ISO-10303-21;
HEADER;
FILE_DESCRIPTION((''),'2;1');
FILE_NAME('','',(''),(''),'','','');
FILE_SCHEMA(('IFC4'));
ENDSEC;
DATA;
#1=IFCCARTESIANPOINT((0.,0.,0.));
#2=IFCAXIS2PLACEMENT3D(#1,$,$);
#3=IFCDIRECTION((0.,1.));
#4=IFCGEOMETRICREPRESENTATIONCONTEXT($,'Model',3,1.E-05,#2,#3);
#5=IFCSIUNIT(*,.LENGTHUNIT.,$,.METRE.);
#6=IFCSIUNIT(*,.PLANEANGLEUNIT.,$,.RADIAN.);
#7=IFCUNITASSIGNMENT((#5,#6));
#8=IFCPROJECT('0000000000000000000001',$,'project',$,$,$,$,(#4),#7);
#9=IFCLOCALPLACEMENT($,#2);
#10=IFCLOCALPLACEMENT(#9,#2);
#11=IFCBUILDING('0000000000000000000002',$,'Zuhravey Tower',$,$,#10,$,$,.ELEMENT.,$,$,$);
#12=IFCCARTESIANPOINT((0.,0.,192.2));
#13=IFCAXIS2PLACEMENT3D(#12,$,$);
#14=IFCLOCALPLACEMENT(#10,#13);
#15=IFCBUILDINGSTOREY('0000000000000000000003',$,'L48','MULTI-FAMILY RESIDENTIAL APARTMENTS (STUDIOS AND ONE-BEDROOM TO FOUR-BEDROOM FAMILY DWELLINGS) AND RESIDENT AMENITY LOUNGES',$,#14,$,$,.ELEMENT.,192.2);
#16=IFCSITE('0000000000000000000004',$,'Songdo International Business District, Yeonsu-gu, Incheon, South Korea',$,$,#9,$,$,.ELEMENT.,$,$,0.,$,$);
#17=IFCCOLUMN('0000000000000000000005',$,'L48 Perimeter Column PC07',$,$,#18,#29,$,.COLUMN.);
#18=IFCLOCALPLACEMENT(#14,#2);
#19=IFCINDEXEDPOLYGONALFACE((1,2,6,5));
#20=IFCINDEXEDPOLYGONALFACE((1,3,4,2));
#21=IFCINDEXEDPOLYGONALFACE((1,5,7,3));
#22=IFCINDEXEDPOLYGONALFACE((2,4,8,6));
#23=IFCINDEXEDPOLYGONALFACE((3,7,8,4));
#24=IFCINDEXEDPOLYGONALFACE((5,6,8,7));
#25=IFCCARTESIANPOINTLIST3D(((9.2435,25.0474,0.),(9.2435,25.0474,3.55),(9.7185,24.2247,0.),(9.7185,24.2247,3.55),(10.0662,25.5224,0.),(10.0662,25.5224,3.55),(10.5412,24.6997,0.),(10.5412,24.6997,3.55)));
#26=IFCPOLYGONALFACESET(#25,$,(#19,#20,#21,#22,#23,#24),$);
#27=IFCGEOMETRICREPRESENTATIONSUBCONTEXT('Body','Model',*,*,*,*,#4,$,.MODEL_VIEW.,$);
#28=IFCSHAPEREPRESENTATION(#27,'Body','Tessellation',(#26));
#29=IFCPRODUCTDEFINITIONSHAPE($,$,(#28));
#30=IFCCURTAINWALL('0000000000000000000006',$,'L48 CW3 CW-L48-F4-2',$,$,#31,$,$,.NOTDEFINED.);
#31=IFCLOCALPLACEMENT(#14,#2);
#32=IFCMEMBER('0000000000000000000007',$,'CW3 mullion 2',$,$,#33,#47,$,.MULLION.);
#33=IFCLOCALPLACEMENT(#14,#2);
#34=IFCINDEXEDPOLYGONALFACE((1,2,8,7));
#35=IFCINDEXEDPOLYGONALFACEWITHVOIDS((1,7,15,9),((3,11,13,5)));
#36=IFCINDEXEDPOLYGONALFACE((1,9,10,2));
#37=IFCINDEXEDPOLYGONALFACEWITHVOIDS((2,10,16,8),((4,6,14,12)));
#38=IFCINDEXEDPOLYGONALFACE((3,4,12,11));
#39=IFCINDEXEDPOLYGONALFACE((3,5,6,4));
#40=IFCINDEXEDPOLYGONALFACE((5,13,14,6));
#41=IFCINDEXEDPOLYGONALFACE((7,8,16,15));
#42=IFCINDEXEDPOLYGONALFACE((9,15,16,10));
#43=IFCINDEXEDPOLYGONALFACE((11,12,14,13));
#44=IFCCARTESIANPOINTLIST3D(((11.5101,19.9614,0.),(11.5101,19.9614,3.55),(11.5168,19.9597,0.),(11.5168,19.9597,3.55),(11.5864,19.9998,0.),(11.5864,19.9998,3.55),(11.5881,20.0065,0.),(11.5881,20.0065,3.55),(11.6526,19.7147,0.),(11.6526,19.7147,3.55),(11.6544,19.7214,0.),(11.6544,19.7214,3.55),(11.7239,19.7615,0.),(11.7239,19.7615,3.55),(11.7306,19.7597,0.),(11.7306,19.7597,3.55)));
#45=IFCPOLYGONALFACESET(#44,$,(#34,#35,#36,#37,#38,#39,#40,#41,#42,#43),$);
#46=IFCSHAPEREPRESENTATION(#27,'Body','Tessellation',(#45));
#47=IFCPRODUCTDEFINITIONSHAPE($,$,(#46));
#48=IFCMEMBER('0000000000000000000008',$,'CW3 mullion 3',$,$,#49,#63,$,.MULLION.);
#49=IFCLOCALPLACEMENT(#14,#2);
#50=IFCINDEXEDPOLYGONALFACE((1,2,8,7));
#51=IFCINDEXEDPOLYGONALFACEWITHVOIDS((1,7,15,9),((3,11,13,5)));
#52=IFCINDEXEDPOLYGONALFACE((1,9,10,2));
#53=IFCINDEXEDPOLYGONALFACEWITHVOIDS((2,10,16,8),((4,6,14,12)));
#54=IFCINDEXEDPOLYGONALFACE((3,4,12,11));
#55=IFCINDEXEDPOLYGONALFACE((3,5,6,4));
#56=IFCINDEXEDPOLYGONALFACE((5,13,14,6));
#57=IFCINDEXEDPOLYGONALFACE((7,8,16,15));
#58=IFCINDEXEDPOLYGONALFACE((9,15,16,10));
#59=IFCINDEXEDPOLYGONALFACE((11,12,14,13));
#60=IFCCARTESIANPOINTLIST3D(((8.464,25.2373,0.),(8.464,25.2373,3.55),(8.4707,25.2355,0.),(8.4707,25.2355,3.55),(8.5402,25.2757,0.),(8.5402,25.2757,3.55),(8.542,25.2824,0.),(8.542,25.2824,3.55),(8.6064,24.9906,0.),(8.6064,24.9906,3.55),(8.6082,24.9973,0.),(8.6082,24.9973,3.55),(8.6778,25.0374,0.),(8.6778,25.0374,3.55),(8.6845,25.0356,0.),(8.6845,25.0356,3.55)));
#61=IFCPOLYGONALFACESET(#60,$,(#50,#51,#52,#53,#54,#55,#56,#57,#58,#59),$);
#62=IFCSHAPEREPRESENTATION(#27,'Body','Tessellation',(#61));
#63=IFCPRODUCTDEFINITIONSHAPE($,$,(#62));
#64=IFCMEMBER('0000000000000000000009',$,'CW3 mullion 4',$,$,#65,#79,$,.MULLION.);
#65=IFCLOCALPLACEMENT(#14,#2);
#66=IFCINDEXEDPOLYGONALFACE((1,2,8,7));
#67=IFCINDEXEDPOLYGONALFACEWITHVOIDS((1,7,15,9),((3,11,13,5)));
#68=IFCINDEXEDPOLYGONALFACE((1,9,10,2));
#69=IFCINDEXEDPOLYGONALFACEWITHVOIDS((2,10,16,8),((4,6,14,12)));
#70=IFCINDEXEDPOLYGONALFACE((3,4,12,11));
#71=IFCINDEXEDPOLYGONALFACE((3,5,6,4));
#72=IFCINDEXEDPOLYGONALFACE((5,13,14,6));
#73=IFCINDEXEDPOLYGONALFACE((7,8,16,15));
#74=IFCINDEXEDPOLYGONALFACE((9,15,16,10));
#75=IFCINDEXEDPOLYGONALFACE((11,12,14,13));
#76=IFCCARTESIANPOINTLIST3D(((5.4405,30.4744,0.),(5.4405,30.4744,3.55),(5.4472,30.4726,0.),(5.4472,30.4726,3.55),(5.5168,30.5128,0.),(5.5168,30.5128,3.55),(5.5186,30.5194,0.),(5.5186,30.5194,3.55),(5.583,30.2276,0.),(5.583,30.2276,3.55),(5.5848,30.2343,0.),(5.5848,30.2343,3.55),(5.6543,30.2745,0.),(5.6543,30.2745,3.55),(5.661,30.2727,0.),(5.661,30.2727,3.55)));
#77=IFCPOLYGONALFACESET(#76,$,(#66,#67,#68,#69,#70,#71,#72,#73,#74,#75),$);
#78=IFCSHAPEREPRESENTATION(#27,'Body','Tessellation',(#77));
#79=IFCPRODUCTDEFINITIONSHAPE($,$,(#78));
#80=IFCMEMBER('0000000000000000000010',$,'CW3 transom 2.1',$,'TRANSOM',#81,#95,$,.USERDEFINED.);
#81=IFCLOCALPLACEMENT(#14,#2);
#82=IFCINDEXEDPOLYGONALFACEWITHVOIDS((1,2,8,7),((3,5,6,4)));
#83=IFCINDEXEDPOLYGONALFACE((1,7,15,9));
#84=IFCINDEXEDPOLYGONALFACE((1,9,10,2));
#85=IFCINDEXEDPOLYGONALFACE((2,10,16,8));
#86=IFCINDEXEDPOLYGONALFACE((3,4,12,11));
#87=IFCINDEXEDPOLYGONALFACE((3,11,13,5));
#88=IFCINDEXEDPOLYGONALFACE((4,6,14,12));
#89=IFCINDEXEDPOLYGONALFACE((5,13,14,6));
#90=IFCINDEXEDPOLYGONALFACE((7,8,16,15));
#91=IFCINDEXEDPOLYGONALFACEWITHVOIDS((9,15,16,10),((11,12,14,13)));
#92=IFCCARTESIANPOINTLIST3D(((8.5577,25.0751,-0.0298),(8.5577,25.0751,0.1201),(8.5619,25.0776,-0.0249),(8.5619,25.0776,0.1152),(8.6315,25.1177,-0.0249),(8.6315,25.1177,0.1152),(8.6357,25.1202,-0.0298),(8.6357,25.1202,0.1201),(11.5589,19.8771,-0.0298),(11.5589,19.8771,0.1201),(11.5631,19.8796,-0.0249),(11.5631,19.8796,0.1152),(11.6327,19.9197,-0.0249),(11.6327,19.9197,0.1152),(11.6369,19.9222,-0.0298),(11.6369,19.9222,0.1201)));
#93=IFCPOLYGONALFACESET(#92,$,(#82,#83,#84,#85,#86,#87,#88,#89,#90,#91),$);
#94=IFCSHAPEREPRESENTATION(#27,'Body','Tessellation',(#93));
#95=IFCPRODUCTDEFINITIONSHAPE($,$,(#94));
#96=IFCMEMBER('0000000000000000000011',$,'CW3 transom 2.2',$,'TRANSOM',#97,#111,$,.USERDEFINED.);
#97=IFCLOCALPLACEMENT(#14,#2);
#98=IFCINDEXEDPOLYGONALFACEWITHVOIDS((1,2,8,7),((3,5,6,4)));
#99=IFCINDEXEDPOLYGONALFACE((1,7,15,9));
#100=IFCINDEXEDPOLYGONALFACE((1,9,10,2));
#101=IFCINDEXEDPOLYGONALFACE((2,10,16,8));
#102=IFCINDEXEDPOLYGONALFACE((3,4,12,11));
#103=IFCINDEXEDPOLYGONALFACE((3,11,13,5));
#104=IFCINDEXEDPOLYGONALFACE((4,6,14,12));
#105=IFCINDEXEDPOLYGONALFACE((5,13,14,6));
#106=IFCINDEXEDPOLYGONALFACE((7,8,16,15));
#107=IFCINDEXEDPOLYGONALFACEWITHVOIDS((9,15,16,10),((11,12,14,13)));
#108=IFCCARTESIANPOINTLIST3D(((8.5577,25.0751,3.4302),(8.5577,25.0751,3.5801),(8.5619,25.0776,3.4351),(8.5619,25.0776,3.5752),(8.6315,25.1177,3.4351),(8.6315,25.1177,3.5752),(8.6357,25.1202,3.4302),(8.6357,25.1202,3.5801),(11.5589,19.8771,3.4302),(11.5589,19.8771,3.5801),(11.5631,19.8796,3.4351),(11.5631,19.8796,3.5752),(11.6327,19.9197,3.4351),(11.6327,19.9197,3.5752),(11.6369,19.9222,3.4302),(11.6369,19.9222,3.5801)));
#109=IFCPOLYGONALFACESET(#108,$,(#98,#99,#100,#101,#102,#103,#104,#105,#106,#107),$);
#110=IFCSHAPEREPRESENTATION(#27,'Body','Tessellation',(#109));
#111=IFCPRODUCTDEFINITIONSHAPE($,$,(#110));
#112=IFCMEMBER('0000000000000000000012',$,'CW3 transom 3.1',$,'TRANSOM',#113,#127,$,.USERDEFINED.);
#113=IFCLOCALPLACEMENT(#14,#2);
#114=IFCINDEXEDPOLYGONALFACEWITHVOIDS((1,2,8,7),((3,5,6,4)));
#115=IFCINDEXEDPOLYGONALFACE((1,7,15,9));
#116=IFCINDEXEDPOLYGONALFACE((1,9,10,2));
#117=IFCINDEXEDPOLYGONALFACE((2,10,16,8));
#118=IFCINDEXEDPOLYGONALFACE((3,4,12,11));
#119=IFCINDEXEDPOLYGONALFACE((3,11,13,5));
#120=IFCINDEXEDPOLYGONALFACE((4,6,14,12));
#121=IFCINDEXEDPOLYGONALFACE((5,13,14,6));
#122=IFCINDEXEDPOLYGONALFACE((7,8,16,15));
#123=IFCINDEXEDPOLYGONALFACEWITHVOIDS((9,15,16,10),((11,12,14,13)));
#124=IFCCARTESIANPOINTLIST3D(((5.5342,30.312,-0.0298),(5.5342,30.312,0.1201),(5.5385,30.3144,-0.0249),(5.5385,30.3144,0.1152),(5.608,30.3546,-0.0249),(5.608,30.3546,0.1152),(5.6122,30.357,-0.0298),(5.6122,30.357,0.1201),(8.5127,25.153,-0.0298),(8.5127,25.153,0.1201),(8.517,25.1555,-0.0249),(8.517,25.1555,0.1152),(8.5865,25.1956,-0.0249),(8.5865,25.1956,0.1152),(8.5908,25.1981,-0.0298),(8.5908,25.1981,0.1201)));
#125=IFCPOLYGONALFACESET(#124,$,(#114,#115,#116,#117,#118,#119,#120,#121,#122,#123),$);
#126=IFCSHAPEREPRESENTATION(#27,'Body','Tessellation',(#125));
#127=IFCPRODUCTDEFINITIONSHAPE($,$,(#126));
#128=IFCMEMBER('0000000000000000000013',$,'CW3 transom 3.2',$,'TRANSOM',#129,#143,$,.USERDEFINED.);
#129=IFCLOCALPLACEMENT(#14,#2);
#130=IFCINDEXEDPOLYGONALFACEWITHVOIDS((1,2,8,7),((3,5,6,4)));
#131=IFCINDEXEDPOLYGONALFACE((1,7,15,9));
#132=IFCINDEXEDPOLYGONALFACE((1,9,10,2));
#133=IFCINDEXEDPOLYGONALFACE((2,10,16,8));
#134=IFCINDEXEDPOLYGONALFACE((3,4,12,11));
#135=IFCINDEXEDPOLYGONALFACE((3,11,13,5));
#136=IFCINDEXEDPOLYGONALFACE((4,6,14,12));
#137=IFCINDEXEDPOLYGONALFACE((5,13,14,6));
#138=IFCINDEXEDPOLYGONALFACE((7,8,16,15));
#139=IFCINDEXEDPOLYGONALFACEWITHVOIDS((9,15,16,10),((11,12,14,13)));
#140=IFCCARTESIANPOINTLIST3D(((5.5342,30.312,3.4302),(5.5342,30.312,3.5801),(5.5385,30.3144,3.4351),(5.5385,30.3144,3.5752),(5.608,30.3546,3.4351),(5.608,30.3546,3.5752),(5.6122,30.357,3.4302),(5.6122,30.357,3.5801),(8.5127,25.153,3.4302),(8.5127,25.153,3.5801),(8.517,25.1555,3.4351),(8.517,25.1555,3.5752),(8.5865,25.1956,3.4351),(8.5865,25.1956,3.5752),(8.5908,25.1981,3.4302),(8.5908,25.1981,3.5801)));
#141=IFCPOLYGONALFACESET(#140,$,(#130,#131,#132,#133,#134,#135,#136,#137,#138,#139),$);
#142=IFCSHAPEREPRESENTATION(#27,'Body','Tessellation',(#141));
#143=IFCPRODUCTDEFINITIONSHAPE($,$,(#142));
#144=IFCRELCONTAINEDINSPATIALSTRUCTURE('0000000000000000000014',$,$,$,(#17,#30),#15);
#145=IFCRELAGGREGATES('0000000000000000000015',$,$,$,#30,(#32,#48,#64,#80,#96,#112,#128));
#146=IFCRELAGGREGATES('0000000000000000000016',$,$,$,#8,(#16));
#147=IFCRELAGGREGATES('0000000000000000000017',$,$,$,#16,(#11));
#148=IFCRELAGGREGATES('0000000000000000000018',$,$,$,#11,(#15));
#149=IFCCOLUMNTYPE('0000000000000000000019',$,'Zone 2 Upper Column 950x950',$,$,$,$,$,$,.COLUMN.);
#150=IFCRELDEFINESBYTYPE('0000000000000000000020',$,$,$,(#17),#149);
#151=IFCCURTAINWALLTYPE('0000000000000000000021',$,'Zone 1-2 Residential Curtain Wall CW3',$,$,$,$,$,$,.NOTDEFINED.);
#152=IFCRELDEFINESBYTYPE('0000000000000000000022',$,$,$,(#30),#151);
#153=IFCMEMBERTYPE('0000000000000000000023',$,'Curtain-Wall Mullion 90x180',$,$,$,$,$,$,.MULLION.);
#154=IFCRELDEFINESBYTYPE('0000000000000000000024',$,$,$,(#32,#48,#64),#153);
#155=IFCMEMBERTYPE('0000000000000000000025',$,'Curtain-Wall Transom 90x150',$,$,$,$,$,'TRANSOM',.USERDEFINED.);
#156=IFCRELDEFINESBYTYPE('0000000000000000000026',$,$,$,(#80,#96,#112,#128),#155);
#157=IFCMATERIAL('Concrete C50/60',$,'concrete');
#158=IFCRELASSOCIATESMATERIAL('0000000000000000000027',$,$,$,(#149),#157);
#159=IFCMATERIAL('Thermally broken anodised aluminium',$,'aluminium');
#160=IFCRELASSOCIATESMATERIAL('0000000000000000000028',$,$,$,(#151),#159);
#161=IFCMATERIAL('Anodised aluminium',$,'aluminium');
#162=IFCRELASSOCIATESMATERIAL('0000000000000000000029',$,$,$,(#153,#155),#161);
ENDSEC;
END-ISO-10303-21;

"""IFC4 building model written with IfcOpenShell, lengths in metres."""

from ifc_helpers import new_model, si_unit, direction, frame, origin, origin_2d, place, context, subcontext, project, spatial, rectangle, hollow_rectangle, extrude, material, material_profile, profile_set, type_object, element, aggregate, save


model = new_model("IFC4")

# Units and contexts
model_context = context("Model", 3, precision=1e-05, world=origin(), true_north=direction((0.0, 1.0)))
body_context = subcontext(model_context, "Body", "Model", "MODEL_VIEW")
ifc_project = project(units=[si_unit("LENGTHUNIT", "METRE"), si_unit("PLANEANGLEUNIT", "RADIAN")], contexts=[model_context])

# Site, building, storey
site_placement = place(None, origin())
site = spatial("IfcSite", under=ifc_project, at=site_placement, Name="Songdo International Business District, Yeonsu-gu, Incheon, South Korea", CompositionType="ELEMENT", RefElevation=0.0)
building_placement = place(site_placement, origin())
building = spatial("IfcBuilding", under=site, at=building_placement, Name="Zuhravey Tower", CompositionType="ELEMENT")
storey_placement = place(building_placement, frame((0.0, 0.0, 192.2)))
storey = spatial("IfcBuildingStorey", under=building, at=storey_placement, Name="L48", Description="MULTI-FAMILY RESIDENTIAL APARTMENTS (STUDIOS AND ONE-BEDROOM TO FOUR-BEDROOM FAMILY DWELLINGS) AND RESIDENT AMENITY LOUNGES", CompositionType="ELEMENT", Elevation=192.2)

# Column
ifc_material_1 = material(Name="Concrete C50/60", Category="concrete")
ifc_material_profile_1 = material_profile(ifc_material_1, rectangle(XDim=0.95, YDim=0.95, at=origin_2d()), Name="RC-950x950")
ifc_profile_set_1 = profile_set([ifc_material_profile_1], Name="Concrete C50/60")
column_type = type_object("IfcColumnType", Name="Zone 2 Upper Column 950x950", PredefinedType="COLUMN", material=ifc_profile_set_1)
column_placement = place(storey_placement, frame((9.8923, 24.8735, 0.0), z_axis=(0.0, 0.0, 1.0), x_axis=(0.5, -0.866025, 0.0)))
element("IfcColumn", 1, at=column_placement, inside=storey, type_object=column_type, Name="L48 Perimeter Column PC07", PredefinedType="COLUMN", context=body_context, shape_type="SweptSolid", body=[
    extrude(rectangle(XDim=0.95, YDim=0.95, at=origin_2d()), origin(), (0.0, 0.0, 1.0), 3.55),
])

# Curtain wall, members
ifc_material_2 = material(Name="Thermally broken anodised aluminium", Category="aluminium")
curtain_wall_type = type_object("IfcCurtainWallType", Name="Zone 1-2 Residential Curtain Wall CW3", PredefinedType="NOTDEFINED", material=ifc_material_2)
curtain_wall_placement = place(storey_placement, origin())
curtain_wall = element("IfcCurtainWall", 2, at=curtain_wall_placement, inside=storey, type_object=curtain_wall_type, Name="L48 CW3 CW-L48-F4-2", PredefinedType="NOTDEFINED")
ifc_material_3 = material(Name="Anodised aluminium", Category="aluminium")
ifc_material_profile_2 = material_profile(ifc_material_3, hollow_rectangle(XDim=0.0901, YDim=0.2849, WallThickness=0.0049, at=origin_2d()), Name="ALU-RHS-90x285x5")
ifc_profile_set_2 = profile_set([ifc_material_profile_2], Name="Anodised aluminium")
member_type_1 = type_object("IfcMemberType", Name="Curtain-Wall Mullion 90x180", PredefinedType="MULLION", material=ifc_profile_set_2)
member_1_placement = place(storey_placement, frame((11.6204, 19.8606, 0.0), z_axis=(0.0, 0.0, 1.0), x_axis=(-0.866026, -0.499998, 0.0)))
member_1 = element("IfcMember", 3, at=member_1_placement, type_object=member_type_1, Name="CW3 mullion 2", PredefinedType="MULLION", context=body_context, shape_type="SweptSolid", body=[
    extrude(hollow_rectangle(XDim=0.0901, YDim=0.2849, WallThickness=0.0049, at=origin_2d()), origin(), (0.0, 0.0, 1.0), 3.55),
])
member_2_placement = place(storey_placement, frame((8.5742, 25.1365, 0.0), z_axis=(0.0, 0.0, 1.0), x_axis=(-0.866026, -0.499998, 0.0)))
member_2 = element("IfcMember", 4, at=member_2_placement, type_object=member_type_1, Name="CW3 mullion 3", PredefinedType="MULLION", context=body_context, shape_type="SweptSolid", body=[
    extrude(hollow_rectangle(XDim=0.0901, YDim=0.2849, WallThickness=0.0049, at=origin_2d()), origin(), (0.0, 0.0, 1.0), 3.55),
])
member_3_placement = place(storey_placement, frame((5.5508, 30.3735, 0.0), z_axis=(0.0, 0.0, 1.0), x_axis=(-0.866026, -0.499998, 0.0)))
member_3 = element("IfcMember", 5, at=member_3_placement, type_object=member_type_1, Name="CW3 mullion 4", PredefinedType="MULLION", context=body_context, shape_type="SweptSolid", body=[
    extrude(hollow_rectangle(XDim=0.0901, YDim=0.2849, WallThickness=0.0049, at=origin_2d()), origin(), (0.0, 0.0, 1.0), 3.55),
])
ifc_material_profile_3 = material_profile(ifc_material_3, hollow_rectangle(XDim=0.0901, YDim=0.1499, WallThickness=0.0049, at=origin_2d()), Name="ALU-RHS-90x150x5")
ifc_profile_set_3 = profile_set([ifc_material_profile_3], Name="Anodised aluminium")
member_type_2 = type_object("IfcMemberType", Name="Curtain-Wall Transom 90x150", ElementType="TRANSOM", PredefinedType="USERDEFINED", material=ifc_profile_set_3)
member_4_placement = place(storey_placement, frame((11.5979, 19.8997, 0.0452), z_axis=(-0.500019, 0.866014, 0.0), x_axis=(-0.866014, -0.500019, 0.0)))
member_4 = element("IfcMember", 6, at=member_4_placement, type_object=member_type_2, Name="CW3 transom 2.1", ObjectType="TRANSOM", PredefinedType="USERDEFINED", context=body_context, shape_type="SweptSolid", body=[
    extrude(hollow_rectangle(XDim=0.0901, YDim=0.1499, WallThickness=0.0049, at=origin_2d()), origin(), (0.0, 0.0, 1.0), 6.0022),
])
member_5_placement = place(storey_placement, frame((11.5979, 19.8997, 3.5051), z_axis=(-0.500019, 0.866014, 0.0), x_axis=(-0.866014, -0.500019, 0.0)))
member_5 = element("IfcMember", 7, at=member_5_placement, type_object=member_type_2, Name="CW3 transom 2.2", ObjectType="TRANSOM", PredefinedType="USERDEFINED", context=body_context, shape_type="SweptSolid", body=[
    extrude(hollow_rectangle(XDim=0.0901, YDim=0.1499, WallThickness=0.0049, at=origin_2d()), origin(), (0.0, 0.0, 1.0), 6.0022),
])
member_6_placement = place(storey_placement, frame((8.5518, 25.1755, 0.0452), z_axis=(-0.5, 0.866025, 0.0), x_axis=(-0.866025, -0.5, 0.0)))
member_6 = element("IfcMember", 8, at=member_6_placement, type_object=member_type_2, Name="CW3 transom 3.1", ObjectType="TRANSOM", PredefinedType="USERDEFINED", context=body_context, shape_type="SweptSolid", body=[
    extrude(hollow_rectangle(XDim=0.0901, YDim=0.1499, WallThickness=0.0049, at=origin_2d()), origin(), (0.0, 0.0, 1.0), 5.957),
])
member_7_placement = place(storey_placement, frame((8.5518, 25.1755, 3.5051), z_axis=(-0.5, 0.866025, 0.0), x_axis=(-0.866025, -0.5, 0.0)))
member_7 = element("IfcMember", 9, at=member_7_placement, type_object=member_type_2, Name="CW3 transom 3.2", ObjectType="TRANSOM", PredefinedType="USERDEFINED", context=body_context, shape_type="SweptSolid", body=[
    extrude(hollow_rectangle(XDim=0.0901, YDim=0.1499, WallThickness=0.0049, at=origin_2d()), origin(), (0.0, 0.0, 1.0), 5.957),
])

aggregate(curtain_wall, [member_1, member_2, member_3, member_4, member_5, member_6, member_7])

save(model, "model.ifc")
